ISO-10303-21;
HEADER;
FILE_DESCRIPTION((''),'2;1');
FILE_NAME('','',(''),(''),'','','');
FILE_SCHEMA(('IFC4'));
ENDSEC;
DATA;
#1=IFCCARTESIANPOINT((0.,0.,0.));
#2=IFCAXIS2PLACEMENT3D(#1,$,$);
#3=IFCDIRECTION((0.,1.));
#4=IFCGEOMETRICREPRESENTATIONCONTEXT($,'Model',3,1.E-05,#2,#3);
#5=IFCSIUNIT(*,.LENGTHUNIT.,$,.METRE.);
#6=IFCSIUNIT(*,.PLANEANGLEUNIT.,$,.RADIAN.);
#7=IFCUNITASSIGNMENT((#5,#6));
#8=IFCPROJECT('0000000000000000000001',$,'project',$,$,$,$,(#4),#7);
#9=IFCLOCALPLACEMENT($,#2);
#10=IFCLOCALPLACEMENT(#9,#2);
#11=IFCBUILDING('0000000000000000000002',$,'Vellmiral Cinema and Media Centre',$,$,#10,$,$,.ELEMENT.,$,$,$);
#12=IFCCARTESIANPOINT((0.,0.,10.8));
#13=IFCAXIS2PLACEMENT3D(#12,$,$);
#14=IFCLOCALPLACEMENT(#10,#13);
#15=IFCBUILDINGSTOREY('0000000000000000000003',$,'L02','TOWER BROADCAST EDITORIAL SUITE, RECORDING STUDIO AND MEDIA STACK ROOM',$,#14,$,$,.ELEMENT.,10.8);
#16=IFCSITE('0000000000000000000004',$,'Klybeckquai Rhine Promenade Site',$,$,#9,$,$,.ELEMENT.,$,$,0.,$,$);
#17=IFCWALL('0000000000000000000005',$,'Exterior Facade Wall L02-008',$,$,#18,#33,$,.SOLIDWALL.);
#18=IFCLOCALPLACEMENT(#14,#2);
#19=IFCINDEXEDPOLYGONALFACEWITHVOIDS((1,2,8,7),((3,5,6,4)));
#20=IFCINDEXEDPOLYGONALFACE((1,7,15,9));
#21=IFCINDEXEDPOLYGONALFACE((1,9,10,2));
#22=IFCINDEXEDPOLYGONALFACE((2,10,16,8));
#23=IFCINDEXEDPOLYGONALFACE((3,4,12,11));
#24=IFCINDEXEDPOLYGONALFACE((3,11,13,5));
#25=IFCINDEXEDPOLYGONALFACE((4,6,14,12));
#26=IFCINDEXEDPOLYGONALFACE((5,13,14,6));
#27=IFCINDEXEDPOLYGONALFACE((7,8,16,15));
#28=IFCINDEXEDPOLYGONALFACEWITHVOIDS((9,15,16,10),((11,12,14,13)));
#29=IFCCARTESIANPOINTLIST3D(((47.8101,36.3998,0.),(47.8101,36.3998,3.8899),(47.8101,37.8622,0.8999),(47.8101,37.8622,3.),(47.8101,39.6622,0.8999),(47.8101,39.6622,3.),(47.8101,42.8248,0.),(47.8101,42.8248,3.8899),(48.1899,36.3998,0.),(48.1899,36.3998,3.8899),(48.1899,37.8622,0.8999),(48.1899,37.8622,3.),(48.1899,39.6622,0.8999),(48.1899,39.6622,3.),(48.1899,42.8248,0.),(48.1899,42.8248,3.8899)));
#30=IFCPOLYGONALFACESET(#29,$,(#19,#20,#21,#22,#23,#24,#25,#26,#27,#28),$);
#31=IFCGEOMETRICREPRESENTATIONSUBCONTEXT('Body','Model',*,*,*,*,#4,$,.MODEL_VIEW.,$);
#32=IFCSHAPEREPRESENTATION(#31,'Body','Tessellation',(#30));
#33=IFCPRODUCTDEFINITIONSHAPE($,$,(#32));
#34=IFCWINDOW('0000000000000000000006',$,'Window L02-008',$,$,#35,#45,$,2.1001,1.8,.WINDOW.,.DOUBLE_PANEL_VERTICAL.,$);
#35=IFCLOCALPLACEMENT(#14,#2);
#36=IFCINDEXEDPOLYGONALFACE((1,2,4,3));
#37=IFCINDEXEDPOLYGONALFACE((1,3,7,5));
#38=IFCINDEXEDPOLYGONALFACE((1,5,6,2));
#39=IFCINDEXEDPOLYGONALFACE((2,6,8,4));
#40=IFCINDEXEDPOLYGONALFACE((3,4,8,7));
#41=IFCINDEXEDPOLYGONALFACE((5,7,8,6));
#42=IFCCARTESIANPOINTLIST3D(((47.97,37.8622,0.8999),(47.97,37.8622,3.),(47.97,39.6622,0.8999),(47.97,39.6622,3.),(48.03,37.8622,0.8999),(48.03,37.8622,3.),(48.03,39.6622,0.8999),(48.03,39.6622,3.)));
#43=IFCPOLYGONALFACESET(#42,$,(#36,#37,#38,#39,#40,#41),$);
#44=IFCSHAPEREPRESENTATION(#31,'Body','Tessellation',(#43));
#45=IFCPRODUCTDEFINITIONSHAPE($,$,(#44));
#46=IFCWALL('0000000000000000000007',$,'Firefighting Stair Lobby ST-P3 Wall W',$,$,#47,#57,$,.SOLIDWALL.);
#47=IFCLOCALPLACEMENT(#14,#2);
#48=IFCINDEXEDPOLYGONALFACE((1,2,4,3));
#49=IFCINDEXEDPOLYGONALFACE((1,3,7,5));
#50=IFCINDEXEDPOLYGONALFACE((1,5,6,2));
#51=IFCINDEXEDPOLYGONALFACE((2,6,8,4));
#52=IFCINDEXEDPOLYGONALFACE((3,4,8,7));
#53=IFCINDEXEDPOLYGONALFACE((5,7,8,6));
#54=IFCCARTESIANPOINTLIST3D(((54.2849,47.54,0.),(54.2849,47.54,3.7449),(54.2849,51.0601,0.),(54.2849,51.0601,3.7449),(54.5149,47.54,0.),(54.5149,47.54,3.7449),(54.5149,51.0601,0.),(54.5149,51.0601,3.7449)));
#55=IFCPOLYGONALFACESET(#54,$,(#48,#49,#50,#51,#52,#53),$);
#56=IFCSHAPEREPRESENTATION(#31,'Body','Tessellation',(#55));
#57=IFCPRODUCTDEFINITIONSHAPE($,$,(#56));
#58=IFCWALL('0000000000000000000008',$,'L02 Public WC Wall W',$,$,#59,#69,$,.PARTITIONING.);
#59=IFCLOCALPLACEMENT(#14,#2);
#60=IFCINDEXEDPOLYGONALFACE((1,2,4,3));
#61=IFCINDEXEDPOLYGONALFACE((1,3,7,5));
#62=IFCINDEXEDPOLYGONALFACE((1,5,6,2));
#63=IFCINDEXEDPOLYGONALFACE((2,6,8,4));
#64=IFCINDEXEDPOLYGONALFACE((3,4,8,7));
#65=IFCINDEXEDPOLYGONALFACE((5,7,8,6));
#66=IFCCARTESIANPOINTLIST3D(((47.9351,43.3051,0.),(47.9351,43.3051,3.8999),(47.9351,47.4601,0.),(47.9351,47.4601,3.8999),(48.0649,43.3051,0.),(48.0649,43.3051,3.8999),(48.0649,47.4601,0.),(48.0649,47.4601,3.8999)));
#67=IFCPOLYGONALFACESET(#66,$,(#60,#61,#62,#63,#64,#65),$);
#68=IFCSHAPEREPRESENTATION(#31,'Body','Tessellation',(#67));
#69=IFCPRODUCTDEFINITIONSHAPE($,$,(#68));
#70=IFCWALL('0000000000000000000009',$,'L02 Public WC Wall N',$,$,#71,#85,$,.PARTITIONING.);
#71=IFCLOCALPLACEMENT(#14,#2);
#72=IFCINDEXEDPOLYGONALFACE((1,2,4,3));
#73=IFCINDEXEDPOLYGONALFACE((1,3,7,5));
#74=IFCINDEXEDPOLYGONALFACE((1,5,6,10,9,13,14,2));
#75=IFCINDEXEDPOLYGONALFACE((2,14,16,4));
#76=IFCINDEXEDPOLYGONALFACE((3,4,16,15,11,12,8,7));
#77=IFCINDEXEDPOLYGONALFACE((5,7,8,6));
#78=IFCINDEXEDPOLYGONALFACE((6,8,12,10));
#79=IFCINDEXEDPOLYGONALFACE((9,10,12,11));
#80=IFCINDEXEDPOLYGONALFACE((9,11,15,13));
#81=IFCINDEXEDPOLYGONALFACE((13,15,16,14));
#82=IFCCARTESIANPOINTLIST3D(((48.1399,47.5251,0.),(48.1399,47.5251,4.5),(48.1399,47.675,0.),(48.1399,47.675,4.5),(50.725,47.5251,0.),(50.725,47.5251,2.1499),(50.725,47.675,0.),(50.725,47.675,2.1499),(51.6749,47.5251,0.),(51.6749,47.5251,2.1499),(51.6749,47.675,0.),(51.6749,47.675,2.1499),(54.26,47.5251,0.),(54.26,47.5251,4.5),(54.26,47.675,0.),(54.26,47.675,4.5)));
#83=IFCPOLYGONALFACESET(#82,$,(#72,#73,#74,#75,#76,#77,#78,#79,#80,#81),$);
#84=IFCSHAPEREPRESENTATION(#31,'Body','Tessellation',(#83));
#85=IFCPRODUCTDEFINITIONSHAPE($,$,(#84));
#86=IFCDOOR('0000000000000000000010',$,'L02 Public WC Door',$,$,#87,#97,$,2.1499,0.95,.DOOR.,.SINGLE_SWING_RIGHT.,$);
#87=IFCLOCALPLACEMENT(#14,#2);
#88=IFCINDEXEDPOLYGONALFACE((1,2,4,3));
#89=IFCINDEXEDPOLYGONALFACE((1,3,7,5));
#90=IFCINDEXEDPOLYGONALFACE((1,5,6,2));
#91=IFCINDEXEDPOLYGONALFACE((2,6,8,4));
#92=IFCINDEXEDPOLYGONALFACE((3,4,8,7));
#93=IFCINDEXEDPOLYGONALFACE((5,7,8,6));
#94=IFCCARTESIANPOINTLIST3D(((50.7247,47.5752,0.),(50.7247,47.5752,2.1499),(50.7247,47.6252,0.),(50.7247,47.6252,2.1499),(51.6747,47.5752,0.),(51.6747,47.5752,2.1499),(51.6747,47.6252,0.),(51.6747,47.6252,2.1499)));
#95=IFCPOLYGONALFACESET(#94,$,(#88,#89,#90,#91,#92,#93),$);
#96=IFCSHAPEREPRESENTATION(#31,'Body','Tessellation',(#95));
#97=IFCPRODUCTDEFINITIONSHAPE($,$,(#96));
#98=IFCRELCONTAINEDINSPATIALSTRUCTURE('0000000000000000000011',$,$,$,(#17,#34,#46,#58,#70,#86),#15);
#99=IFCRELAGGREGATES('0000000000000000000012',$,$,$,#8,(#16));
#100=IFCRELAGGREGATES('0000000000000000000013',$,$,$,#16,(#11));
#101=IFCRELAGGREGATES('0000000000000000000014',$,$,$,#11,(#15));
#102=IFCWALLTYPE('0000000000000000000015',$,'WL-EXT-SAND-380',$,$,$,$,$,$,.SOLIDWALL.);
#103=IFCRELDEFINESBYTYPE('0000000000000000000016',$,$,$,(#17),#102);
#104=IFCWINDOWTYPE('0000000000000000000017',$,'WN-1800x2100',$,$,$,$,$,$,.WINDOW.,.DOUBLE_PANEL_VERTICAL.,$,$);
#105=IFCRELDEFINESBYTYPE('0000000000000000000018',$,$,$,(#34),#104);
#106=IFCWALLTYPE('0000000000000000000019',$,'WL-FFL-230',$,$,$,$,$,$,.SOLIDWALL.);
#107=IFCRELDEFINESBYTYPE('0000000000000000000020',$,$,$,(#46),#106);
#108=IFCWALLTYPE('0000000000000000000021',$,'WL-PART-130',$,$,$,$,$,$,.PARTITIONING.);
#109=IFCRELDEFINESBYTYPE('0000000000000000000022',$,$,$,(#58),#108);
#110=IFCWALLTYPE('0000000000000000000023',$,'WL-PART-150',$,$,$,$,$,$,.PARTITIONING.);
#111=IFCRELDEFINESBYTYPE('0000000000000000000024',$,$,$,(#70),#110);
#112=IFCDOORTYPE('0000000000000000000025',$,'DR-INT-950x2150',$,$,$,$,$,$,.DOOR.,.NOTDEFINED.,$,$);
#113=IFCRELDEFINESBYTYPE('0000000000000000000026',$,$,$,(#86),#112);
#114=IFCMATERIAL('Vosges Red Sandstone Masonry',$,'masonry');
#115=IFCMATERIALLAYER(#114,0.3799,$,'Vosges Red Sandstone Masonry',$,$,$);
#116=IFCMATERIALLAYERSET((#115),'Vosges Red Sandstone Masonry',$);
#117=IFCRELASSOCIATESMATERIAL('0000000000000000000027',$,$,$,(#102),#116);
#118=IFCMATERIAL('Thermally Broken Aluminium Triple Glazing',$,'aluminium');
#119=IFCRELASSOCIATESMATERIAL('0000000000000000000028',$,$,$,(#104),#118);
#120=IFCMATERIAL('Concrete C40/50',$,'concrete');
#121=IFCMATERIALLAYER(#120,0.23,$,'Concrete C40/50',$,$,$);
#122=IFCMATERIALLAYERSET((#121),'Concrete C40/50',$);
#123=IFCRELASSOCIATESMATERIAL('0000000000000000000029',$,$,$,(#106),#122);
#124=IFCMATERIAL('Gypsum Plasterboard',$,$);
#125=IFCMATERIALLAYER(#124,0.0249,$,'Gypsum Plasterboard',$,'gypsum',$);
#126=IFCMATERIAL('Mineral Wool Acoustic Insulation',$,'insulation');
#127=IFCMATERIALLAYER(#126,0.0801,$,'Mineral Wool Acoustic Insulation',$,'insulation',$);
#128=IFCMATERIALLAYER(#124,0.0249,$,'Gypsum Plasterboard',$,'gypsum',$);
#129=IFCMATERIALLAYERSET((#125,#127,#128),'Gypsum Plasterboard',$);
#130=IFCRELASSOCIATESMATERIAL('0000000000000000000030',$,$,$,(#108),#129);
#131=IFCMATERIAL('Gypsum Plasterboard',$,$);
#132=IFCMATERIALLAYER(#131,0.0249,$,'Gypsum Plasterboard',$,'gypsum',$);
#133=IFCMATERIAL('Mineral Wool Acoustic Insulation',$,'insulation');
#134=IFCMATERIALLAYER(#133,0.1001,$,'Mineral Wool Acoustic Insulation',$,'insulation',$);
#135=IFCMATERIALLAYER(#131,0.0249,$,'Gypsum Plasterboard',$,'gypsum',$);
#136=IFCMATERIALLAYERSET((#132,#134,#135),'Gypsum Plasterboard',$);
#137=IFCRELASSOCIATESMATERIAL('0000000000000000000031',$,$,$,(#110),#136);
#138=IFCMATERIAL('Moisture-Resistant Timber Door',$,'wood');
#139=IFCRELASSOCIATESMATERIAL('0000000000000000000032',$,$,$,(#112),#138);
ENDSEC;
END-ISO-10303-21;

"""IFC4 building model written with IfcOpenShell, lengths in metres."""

from ifc_helpers import new_model, si_unit, direction, frame, frame_2d, origin, place, context, subcontext, project, spatial, rectangle, extrude, material, layer, layer_set, type_object, element, fill, save


model = new_model("IFC4")

# Units and contexts
model_context = context("Model", 3, precision=1e-05, world=origin(), true_north=direction((0.0, 1.0)))
body_context = subcontext(model_context, "Body", "Model", "MODEL_VIEW")
ifc_project = project(units=[si_unit("LENGTHUNIT", "METRE"), si_unit("PLANEANGLEUNIT", "RADIAN")], contexts=[model_context])

# Site, building, storey
site_placement = place(None, origin())
site = spatial("IfcSite", under=ifc_project, at=site_placement, Name="Klybeckquai Rhine Promenade Site", CompositionType="ELEMENT", RefElevation=0.0)
building_placement = place(site_placement, origin())
building = spatial("IfcBuilding", under=site, at=building_placement, Name="Vellmiral Cinema and Media Centre", CompositionType="ELEMENT")
storey_placement = place(building_placement, frame((0.0, 0.0, 10.8)))
storey = spatial("IfcBuildingStorey", under=building, at=storey_placement, Name="L02", Description="TOWER BROADCAST EDITORIAL SUITE, RECORDING STUDIO AND MEDIA STACK ROOM", CompositionType="ELEMENT", Elevation=10.8)

# Wall, opening, window
ifc_material_1 = material(Name="Vosges Red Sandstone Masonry", Category="masonry")
ifc_layer_1 = layer(ifc_material_1, 0.3799, Name="Vosges Red Sandstone Masonry")
ifc_layer_set_1 = layer_set([ifc_layer_1], Name="Vosges Red Sandstone Masonry")
wall_type_1 = type_object("IfcWallType", Name="WL-EXT-SAND-380", PredefinedType="SOLIDWALL", material=ifc_layer_set_1)
wall_1_placement = place(storey_placement, frame((48.0, 36.3999, 0.0), z_axis=(0.0, 0.0, 1.0), x_axis=(0.0, 1.0, 0.0)))
wall_1 = element("IfcWall", 1, at=wall_1_placement, inside=storey, type_object=wall_type_1, Name="Exterior Facade Wall L02-008", PredefinedType="SOLIDWALL", context=body_context, shape_type="SweptSolid", body=[
    extrude(rectangle(XDim=6.425, YDim=0.3799, at=frame_2d((3.2124, 0.0))), origin(), (0.0, 0.0, 1.0), 3.8899),
])
opening_1_placement = place(wall_1_placement, frame((1.4624, 0.0, 0.8999)))
opening_1 = element("IfcOpeningElement", 2, at=opening_1_placement, cuts=wall_1, PredefinedType="OPENING", context=body_context, shape_type="SweptSolid", body=[
    extrude(rectangle(XDim=1.8, YDim=2.1001, at=frame_2d((0.8999, 1.05))), frame((0.0, 0.2019, 0.0), z_axis=(0.0, -1.0, 0.0), x_axis=(1.0, 0.0, 0.0)), (0.0, 0.0, 1.0), 0.4038),
])
ifc_material_2 = material(Name="Thermally Broken Aluminium Triple Glazing", Category="aluminium")
window_type = type_object("IfcWindowType", Name="WN-1800x2100", PartitioningType="DOUBLE_PANEL_VERTICAL", PredefinedType="WINDOW", material=ifc_material_2)
window_placement = place(opening_1_placement, origin())
window = element("IfcWindow", 3, at=window_placement, inside=storey, type_object=window_type, Name="Window L02-008", OverallHeight=2.1001, OverallWidth=1.8, PartitioningType="DOUBLE_PANEL_VERTICAL", PredefinedType="WINDOW", context=body_context, shape_type="SweptSolid", body=[
    extrude(rectangle(XDim=1.8, YDim=2.1001, at=frame_2d((0.8999, 1.05))), frame((0.0, 0.03, 0.0), z_axis=(0.0, -1.0, 0.0), x_axis=(1.0, 0.0, 0.0)), (0.0, 0.0, 1.0), 0.0601),
])
fill(opening_1, window)

# Walls
ifc_material_3 = material(Name="Concrete C40/50", Category="concrete")
ifc_layer_2 = layer(ifc_material_3, 0.23, Name="Concrete C40/50")
ifc_layer_set_2 = layer_set([ifc_layer_2], Name="Concrete C40/50")
wall_type_2 = type_object("IfcWallType", Name="WL-FFL-230", PredefinedType="SOLIDWALL", material=ifc_layer_set_2)
wall_2_placement = place(storey_placement, frame((54.3999, 47.54, 0.0), z_axis=(0.0, 0.0, 1.0), x_axis=(0.0, 1.0, 0.0)))
element("IfcWall", 4, at=wall_2_placement, inside=storey, type_object=wall_type_2, Name="Firefighting Stair Lobby ST-P3 Wall W", PredefinedType="SOLIDWALL", context=body_context, shape_type="SweptSolid", body=[
    extrude(rectangle(XDim=3.52, YDim=0.23, at=frame_2d((1.76, 0.0))), origin(), (0.0, 0.0, 1.0), 3.7449),
])
ifc_material_4 = material(Name="Gypsum Plasterboard")
ifc_layer_3 = layer(ifc_material_4, 0.0249, Name="Gypsum Plasterboard", Category="gypsum")
ifc_material_5 = material(Name="Mineral Wool Acoustic Insulation", Category="insulation")
ifc_layer_4 = layer(ifc_material_5, 0.0801, Name="Mineral Wool Acoustic Insulation", Category="insulation")
ifc_layer_5 = layer(ifc_material_4, 0.0249, Name="Gypsum Plasterboard", Category="gypsum")
ifc_layer_set_3 = layer_set([ifc_layer_3, ifc_layer_4, ifc_layer_5], Name="Gypsum Plasterboard")
wall_type_3 = type_object("IfcWallType", Name="WL-PART-130", PredefinedType="PARTITIONING", material=ifc_layer_set_3)
wall_3_placement = place(storey_placement, frame((48.0, 43.3049, 0.0), z_axis=(0.0, 0.0, 1.0), x_axis=(0.0, 1.0, 0.0)))
element("IfcWall", 5, at=wall_3_placement, inside=storey, type_object=wall_type_3, Name="L02 Public WC Wall W", PredefinedType="PARTITIONING", context=body_context, shape_type="SweptSolid", body=[
    extrude(rectangle(XDim=4.155, YDim=0.1299, at=frame_2d((2.0776, 0.0))), origin(), (0.0, 0.0, 1.0), 3.8999),
])

# Wall, opening, door
ifc_material_6 = material(Name="Gypsum Plasterboard")
ifc_layer_6 = layer(ifc_material_6, 0.0249, Name="Gypsum Plasterboard", Category="gypsum")
ifc_material_7 = material(Name="Mineral Wool Acoustic Insulation", Category="insulation")
ifc_layer_7 = layer(ifc_material_7, 0.1001, Name="Mineral Wool Acoustic Insulation", Category="insulation")
ifc_layer_8 = layer(ifc_material_6, 0.0249, Name="Gypsum Plasterboard", Category="gypsum")
ifc_layer_set_4 = layer_set([ifc_layer_6, ifc_layer_7, ifc_layer_8], Name="Gypsum Plasterboard")
wall_type_4 = type_object("IfcWallType", Name="WL-PART-150", PredefinedType="PARTITIONING", material=ifc_layer_set_4)
wall_4_placement = place(storey_placement, frame((48.1399, 47.6001, 0.0), z_axis=(0.0, 0.0, 1.0), x_axis=(1.0, 0.0, 0.0)))
wall_4 = element("IfcWall", 6, at=wall_4_placement, inside=storey, type_object=wall_type_4, Name="L02 Public WC Wall N", PredefinedType="PARTITIONING", context=body_context, shape_type="SweptSolid", body=[
    extrude(rectangle(XDim=6.1201, YDim=0.1499, at=frame_2d((3.0601, 0.0))), origin(), (0.0, 0.0, 1.0), 4.5),
])
opening_2_placement = place(wall_4_placement, frame((2.585, 0.0, 0.0)))
opening_2 = element("IfcOpeningElement", 7, at=opening_2_placement, cuts=wall_4, PredefinedType="OPENING", context=body_context, shape_type="SweptSolid", body=[
    extrude(rectangle(XDim=0.95, YDim=2.1499, at=frame_2d((0.4751, 1.075))), frame((0.0, 0.0869, 0.0), z_axis=(0.0, -1.0, 0.0), x_axis=(1.0, 0.0, 0.0)), (0.0, 0.0, 1.0), 0.1738),
])
ifc_material_8 = material(Name="Moisture-Resistant Timber Door", Category="wood")
door_type_1 = type_object("IfcDoorType", Name="DR-INT-950x2150", OperationType="NOTDEFINED", PredefinedType="DOOR", material=ifc_material_8)
door_1_placement = place(opening_2_placement, frame((0.95, 0.0, 0.0), z_axis=(0.0, 0.0, 1.0), x_axis=(-1.0, 0.0, 0.0)))
door_1 = element("IfcDoor", 8, at=door_1_placement, inside=storey, type_object=door_type_1, Name="L02 Public WC Door", OperationType="SINGLE_SWING_RIGHT", OverallHeight=2.1499, OverallWidth=0.95, PredefinedType="DOOR", context=body_context, shape_type="SweptSolid", body=[
    extrude(rectangle(XDim=0.95, YDim=2.1499, at=frame_2d((0.4751, 1.075))), frame((0.0, 0.0249, 0.0), z_axis=(0.0, -1.0, 0.0), x_axis=(1.0, 0.0, 0.0)), (0.0, 0.0, 1.0), 0.05),
])
fill(opening_2, door_1)

save(model, "model.ifc")
